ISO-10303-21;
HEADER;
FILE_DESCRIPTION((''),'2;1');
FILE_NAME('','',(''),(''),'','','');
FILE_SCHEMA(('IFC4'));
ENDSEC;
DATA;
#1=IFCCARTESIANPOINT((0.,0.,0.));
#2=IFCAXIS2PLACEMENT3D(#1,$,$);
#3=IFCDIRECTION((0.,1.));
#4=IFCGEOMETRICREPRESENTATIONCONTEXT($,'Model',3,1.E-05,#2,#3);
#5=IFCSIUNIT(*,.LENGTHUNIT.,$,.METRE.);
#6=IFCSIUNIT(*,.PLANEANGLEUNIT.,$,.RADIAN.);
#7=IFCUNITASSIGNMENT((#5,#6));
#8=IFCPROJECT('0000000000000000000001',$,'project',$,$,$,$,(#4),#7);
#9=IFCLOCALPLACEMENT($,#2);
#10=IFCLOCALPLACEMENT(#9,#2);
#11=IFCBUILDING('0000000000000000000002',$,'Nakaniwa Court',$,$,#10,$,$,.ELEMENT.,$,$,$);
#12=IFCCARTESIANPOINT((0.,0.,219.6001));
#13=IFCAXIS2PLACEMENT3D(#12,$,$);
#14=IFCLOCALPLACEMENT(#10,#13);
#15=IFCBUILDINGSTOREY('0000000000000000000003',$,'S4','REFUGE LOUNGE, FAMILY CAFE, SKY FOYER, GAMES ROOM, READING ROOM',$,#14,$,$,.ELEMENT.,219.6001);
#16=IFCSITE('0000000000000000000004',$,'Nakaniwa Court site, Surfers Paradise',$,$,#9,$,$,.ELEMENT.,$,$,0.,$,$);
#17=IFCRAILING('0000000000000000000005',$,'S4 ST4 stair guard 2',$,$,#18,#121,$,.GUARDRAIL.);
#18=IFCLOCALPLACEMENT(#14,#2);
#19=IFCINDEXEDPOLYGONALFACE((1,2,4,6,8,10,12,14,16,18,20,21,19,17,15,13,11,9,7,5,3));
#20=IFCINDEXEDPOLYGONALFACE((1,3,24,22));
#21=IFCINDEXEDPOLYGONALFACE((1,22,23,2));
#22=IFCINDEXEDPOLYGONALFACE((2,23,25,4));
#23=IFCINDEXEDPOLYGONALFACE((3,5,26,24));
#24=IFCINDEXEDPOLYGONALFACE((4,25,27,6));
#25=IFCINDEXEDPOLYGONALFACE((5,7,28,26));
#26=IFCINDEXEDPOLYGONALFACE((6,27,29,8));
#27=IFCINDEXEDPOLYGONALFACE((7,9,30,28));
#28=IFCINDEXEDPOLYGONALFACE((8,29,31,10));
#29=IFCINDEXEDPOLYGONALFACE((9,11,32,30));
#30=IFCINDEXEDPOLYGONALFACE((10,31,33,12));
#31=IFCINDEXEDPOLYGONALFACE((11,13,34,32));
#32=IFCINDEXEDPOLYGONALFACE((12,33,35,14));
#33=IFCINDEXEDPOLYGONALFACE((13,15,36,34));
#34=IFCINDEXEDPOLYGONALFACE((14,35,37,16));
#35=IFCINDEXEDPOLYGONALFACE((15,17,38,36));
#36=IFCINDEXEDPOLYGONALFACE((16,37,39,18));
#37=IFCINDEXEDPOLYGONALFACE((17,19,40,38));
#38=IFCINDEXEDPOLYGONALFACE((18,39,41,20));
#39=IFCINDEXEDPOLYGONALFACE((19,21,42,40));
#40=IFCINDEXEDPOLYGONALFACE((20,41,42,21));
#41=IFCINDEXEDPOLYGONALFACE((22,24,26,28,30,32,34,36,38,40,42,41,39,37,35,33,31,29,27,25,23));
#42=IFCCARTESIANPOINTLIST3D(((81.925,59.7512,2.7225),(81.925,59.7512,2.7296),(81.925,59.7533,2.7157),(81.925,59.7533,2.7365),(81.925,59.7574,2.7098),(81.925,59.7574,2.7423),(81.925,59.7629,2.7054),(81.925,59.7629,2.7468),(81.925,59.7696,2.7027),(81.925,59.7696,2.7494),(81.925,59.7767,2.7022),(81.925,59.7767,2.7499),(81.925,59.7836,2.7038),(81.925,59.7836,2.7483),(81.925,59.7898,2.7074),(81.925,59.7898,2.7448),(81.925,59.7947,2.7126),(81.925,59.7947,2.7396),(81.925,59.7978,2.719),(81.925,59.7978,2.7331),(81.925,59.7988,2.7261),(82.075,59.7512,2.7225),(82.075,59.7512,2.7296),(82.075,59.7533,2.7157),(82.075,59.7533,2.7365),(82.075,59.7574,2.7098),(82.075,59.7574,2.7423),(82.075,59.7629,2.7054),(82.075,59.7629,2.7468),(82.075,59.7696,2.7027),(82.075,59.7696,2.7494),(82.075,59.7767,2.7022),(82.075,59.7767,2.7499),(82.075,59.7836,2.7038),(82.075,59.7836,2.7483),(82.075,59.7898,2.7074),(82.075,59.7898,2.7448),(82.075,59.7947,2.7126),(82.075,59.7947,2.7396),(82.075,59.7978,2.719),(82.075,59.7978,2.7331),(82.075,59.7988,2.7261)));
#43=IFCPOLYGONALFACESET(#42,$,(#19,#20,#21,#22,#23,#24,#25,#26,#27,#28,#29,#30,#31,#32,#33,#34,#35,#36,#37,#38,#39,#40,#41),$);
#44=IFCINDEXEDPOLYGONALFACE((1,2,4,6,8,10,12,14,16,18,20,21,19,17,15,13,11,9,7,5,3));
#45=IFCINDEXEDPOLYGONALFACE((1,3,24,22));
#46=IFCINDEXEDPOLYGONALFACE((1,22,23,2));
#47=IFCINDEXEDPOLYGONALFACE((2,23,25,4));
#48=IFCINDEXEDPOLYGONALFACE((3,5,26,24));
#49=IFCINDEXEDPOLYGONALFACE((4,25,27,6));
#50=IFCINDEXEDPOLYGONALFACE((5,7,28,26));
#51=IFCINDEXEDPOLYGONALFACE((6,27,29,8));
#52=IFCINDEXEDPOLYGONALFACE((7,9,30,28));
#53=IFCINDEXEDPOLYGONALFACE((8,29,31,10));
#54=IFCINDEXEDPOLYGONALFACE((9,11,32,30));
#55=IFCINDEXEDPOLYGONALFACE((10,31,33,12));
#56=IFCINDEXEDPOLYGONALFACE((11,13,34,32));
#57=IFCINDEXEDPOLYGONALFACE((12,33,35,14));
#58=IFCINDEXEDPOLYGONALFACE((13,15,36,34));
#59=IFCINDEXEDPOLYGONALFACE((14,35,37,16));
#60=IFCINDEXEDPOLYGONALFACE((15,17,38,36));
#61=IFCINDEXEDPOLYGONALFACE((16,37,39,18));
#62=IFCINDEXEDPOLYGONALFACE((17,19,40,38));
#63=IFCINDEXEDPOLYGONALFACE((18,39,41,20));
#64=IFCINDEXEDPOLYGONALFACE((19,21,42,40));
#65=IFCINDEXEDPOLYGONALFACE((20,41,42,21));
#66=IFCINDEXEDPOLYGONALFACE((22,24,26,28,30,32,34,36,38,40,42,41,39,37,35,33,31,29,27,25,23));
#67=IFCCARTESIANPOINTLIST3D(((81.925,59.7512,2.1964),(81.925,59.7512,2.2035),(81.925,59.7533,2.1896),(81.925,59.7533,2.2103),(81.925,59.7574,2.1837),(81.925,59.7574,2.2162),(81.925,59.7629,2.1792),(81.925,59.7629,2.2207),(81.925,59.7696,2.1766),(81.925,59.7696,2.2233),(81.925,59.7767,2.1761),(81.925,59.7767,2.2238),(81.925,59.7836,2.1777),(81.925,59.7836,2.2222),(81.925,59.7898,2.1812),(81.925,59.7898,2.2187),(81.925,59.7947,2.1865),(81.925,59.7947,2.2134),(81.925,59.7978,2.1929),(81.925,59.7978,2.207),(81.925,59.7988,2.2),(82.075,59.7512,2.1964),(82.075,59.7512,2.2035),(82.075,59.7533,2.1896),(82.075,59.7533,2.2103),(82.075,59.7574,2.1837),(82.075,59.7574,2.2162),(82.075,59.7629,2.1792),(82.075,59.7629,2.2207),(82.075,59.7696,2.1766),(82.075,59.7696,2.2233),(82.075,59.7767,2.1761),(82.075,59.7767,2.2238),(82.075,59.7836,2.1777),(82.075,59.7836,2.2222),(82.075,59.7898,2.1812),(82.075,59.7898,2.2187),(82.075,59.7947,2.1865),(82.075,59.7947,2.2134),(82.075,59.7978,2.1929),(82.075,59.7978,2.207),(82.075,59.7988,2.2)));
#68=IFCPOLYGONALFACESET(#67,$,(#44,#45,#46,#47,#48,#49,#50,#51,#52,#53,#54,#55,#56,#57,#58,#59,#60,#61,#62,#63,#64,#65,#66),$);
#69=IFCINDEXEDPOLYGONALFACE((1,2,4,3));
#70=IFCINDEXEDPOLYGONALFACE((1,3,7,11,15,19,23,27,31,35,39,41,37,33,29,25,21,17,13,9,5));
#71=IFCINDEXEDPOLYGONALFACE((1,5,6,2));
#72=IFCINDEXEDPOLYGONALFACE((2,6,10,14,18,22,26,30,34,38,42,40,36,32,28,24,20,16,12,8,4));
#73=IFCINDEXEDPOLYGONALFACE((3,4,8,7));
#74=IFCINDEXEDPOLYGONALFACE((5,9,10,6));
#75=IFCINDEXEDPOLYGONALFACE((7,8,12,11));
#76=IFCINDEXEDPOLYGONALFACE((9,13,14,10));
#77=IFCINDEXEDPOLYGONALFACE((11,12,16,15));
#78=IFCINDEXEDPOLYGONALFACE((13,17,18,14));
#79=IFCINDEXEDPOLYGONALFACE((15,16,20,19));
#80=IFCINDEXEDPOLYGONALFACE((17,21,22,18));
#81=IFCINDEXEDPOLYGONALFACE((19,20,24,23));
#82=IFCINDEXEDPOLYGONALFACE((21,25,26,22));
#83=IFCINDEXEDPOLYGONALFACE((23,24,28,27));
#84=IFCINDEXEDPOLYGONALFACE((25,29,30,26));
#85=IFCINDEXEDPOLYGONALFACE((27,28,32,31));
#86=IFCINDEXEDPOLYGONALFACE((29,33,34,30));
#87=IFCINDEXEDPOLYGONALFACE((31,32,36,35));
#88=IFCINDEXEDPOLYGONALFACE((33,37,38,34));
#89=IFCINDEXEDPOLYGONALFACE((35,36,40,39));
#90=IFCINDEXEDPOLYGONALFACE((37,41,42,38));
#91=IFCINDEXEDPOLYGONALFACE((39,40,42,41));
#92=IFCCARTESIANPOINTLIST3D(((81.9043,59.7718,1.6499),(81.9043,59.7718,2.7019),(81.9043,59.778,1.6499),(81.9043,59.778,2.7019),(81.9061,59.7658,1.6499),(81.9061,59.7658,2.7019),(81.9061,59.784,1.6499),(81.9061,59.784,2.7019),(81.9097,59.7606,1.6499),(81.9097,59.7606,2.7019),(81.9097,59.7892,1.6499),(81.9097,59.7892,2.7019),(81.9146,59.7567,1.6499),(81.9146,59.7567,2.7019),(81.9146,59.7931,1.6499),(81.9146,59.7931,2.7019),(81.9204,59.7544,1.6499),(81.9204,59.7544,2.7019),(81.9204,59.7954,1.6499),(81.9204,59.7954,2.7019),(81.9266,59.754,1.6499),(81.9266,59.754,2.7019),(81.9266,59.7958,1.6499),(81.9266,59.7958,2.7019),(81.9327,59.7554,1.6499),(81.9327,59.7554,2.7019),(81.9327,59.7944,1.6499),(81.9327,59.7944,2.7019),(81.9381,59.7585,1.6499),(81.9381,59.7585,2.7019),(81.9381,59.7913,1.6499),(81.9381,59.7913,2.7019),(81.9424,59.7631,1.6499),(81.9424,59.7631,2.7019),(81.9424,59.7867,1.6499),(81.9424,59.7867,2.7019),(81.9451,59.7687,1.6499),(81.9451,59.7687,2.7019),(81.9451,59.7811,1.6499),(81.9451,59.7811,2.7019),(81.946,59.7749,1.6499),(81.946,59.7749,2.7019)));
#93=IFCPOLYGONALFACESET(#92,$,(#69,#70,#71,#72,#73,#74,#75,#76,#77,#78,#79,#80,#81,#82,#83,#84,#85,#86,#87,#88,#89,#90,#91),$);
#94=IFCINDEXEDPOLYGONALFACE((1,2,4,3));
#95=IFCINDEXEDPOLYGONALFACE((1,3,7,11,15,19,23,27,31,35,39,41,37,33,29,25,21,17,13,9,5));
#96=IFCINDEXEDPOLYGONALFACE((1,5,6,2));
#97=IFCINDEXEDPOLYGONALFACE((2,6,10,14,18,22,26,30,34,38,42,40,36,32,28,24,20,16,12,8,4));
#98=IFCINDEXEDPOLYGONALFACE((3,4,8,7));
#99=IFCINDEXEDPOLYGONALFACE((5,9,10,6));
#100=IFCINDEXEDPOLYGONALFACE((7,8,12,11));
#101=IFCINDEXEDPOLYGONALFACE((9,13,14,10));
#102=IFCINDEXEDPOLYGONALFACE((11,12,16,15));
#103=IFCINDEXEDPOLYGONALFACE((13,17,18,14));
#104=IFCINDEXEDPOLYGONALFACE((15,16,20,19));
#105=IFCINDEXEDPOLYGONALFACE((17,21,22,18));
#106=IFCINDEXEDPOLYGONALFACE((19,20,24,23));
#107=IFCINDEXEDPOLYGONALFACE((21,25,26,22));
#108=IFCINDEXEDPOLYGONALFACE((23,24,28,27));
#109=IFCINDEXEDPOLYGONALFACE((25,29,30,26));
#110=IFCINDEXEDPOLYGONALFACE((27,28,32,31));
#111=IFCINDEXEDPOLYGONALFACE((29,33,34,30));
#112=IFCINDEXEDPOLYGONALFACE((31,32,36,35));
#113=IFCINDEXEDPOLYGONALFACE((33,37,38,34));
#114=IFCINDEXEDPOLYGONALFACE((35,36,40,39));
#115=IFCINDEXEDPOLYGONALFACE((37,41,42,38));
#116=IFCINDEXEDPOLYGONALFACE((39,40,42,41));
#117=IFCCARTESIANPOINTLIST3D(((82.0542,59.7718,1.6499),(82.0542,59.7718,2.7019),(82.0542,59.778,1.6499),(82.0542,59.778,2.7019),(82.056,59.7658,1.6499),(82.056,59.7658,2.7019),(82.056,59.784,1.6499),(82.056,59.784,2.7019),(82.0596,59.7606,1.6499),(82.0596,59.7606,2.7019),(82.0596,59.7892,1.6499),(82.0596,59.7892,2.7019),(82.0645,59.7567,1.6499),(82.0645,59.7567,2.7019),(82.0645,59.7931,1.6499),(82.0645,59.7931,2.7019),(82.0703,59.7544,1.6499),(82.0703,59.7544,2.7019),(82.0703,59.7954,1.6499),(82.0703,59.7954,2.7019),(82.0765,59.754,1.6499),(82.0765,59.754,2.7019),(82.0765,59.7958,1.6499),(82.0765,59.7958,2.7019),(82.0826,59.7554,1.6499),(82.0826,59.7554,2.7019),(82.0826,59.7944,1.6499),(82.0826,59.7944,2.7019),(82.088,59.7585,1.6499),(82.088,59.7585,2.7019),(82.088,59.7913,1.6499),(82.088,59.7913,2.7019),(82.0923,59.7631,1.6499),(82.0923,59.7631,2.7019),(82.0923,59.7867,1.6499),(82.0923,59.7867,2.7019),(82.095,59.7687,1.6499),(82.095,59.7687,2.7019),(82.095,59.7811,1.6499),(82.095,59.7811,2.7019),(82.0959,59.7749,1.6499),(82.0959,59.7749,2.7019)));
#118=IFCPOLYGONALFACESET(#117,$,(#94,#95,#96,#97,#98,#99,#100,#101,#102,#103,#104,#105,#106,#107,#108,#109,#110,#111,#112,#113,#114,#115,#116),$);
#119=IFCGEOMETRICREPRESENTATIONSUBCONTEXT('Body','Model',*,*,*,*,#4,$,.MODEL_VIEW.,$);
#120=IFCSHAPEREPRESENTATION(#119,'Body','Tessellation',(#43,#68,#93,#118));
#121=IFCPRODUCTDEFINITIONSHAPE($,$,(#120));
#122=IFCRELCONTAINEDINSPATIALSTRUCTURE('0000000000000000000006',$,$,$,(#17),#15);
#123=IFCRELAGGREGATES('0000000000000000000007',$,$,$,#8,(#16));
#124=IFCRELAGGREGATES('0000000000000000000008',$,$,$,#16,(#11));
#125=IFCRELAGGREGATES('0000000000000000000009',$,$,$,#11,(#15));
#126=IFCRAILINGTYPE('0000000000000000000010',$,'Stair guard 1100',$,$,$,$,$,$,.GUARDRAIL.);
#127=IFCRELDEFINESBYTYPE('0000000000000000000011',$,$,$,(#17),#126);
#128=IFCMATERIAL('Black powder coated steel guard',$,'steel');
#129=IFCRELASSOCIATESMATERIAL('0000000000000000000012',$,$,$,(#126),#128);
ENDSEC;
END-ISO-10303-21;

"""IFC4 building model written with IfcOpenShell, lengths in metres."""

from ifc_helpers import new_model, si_unit, direction, frame, origin, origin_2d, place, context, subcontext, project, spatial, circle, extrude, material, type_object, element, save


model = new_model("IFC4")

# Units and contexts
model_context = context("Model", 3, precision=1e-05, world=origin(), true_north=direction((0.0, 1.0)))
body_context = subcontext(model_context, "Body", "Model", "MODEL_VIEW")
ifc_project = project(units=[si_unit("LENGTHUNIT", "METRE"), si_unit("PLANEANGLEUNIT", "RADIAN")], contexts=[model_context])

# Site, building, storey
site_placement = place(None, origin())
site = spatial("IfcSite", under=ifc_project, at=site_placement, Name="Nakaniwa Court site, Surfers Paradise", CompositionType="ELEMENT", RefElevation=0.0)
building_placement = place(site_placement, origin())
building = spatial("IfcBuilding", under=site, at=building_placement, Name="Nakaniwa Court", CompositionType="ELEMENT")
storey_placement = place(building_placement, frame((0.0, 0.0, 219.6001)))
storey = spatial("IfcBuildingStorey", under=building, at=storey_placement, Name="S4", Description="REFUGE LOUNGE, FAMILY CAFE, SKY FOYER, GAMES ROOM, READING ROOM", CompositionType="ELEMENT", Elevation=219.6001)

# Railing
ifc_material_1 = material(Name="Black powder coated steel guard", Category="steel")
railing_type_1 = type_object("IfcRailingType", Name="Stair guard 1100", PredefinedType="GUARDRAIL", material=ifc_material_1)
railing_1_placement = place(storey_placement, frame((81.925, 59.7749, 1.6499)))
element("IfcRailing", 1, at=railing_1_placement, inside=storey, type_object=railing_type_1, Name="S4 ST4 stair guard 2", PredefinedType="GUARDRAIL", context=body_context, shape_type="SweptSolid", body=[
    extrude(circle(Radius=0.0239, at=origin_2d()), frame((0.0, 0.0, 1.0762), z_axis=(1.0, 0.0, 0.0), x_axis=(0.0, 1.0, 0.0)), (0.0, 0.0, 1.0), 0.1499),
    extrude(circle(Radius=0.0239, at=origin_2d()), frame((0.0, 0.0, 0.55), z_axis=(1.0, 0.0, 0.0), x_axis=(0.0, 1.0, 0.0)), (0.0, 0.0, 1.0), 0.1499),
    extrude(circle(Radius=0.021, at=origin_2d()), origin(), (0.0, 0.0, 1.0), 1.052),
    extrude(circle(Radius=0.021, at=origin_2d()), frame((0.1499, 0.0, 0.0)), (0.0, 0.0, 1.0), 1.052),
])

save(model, "model.ifc")
